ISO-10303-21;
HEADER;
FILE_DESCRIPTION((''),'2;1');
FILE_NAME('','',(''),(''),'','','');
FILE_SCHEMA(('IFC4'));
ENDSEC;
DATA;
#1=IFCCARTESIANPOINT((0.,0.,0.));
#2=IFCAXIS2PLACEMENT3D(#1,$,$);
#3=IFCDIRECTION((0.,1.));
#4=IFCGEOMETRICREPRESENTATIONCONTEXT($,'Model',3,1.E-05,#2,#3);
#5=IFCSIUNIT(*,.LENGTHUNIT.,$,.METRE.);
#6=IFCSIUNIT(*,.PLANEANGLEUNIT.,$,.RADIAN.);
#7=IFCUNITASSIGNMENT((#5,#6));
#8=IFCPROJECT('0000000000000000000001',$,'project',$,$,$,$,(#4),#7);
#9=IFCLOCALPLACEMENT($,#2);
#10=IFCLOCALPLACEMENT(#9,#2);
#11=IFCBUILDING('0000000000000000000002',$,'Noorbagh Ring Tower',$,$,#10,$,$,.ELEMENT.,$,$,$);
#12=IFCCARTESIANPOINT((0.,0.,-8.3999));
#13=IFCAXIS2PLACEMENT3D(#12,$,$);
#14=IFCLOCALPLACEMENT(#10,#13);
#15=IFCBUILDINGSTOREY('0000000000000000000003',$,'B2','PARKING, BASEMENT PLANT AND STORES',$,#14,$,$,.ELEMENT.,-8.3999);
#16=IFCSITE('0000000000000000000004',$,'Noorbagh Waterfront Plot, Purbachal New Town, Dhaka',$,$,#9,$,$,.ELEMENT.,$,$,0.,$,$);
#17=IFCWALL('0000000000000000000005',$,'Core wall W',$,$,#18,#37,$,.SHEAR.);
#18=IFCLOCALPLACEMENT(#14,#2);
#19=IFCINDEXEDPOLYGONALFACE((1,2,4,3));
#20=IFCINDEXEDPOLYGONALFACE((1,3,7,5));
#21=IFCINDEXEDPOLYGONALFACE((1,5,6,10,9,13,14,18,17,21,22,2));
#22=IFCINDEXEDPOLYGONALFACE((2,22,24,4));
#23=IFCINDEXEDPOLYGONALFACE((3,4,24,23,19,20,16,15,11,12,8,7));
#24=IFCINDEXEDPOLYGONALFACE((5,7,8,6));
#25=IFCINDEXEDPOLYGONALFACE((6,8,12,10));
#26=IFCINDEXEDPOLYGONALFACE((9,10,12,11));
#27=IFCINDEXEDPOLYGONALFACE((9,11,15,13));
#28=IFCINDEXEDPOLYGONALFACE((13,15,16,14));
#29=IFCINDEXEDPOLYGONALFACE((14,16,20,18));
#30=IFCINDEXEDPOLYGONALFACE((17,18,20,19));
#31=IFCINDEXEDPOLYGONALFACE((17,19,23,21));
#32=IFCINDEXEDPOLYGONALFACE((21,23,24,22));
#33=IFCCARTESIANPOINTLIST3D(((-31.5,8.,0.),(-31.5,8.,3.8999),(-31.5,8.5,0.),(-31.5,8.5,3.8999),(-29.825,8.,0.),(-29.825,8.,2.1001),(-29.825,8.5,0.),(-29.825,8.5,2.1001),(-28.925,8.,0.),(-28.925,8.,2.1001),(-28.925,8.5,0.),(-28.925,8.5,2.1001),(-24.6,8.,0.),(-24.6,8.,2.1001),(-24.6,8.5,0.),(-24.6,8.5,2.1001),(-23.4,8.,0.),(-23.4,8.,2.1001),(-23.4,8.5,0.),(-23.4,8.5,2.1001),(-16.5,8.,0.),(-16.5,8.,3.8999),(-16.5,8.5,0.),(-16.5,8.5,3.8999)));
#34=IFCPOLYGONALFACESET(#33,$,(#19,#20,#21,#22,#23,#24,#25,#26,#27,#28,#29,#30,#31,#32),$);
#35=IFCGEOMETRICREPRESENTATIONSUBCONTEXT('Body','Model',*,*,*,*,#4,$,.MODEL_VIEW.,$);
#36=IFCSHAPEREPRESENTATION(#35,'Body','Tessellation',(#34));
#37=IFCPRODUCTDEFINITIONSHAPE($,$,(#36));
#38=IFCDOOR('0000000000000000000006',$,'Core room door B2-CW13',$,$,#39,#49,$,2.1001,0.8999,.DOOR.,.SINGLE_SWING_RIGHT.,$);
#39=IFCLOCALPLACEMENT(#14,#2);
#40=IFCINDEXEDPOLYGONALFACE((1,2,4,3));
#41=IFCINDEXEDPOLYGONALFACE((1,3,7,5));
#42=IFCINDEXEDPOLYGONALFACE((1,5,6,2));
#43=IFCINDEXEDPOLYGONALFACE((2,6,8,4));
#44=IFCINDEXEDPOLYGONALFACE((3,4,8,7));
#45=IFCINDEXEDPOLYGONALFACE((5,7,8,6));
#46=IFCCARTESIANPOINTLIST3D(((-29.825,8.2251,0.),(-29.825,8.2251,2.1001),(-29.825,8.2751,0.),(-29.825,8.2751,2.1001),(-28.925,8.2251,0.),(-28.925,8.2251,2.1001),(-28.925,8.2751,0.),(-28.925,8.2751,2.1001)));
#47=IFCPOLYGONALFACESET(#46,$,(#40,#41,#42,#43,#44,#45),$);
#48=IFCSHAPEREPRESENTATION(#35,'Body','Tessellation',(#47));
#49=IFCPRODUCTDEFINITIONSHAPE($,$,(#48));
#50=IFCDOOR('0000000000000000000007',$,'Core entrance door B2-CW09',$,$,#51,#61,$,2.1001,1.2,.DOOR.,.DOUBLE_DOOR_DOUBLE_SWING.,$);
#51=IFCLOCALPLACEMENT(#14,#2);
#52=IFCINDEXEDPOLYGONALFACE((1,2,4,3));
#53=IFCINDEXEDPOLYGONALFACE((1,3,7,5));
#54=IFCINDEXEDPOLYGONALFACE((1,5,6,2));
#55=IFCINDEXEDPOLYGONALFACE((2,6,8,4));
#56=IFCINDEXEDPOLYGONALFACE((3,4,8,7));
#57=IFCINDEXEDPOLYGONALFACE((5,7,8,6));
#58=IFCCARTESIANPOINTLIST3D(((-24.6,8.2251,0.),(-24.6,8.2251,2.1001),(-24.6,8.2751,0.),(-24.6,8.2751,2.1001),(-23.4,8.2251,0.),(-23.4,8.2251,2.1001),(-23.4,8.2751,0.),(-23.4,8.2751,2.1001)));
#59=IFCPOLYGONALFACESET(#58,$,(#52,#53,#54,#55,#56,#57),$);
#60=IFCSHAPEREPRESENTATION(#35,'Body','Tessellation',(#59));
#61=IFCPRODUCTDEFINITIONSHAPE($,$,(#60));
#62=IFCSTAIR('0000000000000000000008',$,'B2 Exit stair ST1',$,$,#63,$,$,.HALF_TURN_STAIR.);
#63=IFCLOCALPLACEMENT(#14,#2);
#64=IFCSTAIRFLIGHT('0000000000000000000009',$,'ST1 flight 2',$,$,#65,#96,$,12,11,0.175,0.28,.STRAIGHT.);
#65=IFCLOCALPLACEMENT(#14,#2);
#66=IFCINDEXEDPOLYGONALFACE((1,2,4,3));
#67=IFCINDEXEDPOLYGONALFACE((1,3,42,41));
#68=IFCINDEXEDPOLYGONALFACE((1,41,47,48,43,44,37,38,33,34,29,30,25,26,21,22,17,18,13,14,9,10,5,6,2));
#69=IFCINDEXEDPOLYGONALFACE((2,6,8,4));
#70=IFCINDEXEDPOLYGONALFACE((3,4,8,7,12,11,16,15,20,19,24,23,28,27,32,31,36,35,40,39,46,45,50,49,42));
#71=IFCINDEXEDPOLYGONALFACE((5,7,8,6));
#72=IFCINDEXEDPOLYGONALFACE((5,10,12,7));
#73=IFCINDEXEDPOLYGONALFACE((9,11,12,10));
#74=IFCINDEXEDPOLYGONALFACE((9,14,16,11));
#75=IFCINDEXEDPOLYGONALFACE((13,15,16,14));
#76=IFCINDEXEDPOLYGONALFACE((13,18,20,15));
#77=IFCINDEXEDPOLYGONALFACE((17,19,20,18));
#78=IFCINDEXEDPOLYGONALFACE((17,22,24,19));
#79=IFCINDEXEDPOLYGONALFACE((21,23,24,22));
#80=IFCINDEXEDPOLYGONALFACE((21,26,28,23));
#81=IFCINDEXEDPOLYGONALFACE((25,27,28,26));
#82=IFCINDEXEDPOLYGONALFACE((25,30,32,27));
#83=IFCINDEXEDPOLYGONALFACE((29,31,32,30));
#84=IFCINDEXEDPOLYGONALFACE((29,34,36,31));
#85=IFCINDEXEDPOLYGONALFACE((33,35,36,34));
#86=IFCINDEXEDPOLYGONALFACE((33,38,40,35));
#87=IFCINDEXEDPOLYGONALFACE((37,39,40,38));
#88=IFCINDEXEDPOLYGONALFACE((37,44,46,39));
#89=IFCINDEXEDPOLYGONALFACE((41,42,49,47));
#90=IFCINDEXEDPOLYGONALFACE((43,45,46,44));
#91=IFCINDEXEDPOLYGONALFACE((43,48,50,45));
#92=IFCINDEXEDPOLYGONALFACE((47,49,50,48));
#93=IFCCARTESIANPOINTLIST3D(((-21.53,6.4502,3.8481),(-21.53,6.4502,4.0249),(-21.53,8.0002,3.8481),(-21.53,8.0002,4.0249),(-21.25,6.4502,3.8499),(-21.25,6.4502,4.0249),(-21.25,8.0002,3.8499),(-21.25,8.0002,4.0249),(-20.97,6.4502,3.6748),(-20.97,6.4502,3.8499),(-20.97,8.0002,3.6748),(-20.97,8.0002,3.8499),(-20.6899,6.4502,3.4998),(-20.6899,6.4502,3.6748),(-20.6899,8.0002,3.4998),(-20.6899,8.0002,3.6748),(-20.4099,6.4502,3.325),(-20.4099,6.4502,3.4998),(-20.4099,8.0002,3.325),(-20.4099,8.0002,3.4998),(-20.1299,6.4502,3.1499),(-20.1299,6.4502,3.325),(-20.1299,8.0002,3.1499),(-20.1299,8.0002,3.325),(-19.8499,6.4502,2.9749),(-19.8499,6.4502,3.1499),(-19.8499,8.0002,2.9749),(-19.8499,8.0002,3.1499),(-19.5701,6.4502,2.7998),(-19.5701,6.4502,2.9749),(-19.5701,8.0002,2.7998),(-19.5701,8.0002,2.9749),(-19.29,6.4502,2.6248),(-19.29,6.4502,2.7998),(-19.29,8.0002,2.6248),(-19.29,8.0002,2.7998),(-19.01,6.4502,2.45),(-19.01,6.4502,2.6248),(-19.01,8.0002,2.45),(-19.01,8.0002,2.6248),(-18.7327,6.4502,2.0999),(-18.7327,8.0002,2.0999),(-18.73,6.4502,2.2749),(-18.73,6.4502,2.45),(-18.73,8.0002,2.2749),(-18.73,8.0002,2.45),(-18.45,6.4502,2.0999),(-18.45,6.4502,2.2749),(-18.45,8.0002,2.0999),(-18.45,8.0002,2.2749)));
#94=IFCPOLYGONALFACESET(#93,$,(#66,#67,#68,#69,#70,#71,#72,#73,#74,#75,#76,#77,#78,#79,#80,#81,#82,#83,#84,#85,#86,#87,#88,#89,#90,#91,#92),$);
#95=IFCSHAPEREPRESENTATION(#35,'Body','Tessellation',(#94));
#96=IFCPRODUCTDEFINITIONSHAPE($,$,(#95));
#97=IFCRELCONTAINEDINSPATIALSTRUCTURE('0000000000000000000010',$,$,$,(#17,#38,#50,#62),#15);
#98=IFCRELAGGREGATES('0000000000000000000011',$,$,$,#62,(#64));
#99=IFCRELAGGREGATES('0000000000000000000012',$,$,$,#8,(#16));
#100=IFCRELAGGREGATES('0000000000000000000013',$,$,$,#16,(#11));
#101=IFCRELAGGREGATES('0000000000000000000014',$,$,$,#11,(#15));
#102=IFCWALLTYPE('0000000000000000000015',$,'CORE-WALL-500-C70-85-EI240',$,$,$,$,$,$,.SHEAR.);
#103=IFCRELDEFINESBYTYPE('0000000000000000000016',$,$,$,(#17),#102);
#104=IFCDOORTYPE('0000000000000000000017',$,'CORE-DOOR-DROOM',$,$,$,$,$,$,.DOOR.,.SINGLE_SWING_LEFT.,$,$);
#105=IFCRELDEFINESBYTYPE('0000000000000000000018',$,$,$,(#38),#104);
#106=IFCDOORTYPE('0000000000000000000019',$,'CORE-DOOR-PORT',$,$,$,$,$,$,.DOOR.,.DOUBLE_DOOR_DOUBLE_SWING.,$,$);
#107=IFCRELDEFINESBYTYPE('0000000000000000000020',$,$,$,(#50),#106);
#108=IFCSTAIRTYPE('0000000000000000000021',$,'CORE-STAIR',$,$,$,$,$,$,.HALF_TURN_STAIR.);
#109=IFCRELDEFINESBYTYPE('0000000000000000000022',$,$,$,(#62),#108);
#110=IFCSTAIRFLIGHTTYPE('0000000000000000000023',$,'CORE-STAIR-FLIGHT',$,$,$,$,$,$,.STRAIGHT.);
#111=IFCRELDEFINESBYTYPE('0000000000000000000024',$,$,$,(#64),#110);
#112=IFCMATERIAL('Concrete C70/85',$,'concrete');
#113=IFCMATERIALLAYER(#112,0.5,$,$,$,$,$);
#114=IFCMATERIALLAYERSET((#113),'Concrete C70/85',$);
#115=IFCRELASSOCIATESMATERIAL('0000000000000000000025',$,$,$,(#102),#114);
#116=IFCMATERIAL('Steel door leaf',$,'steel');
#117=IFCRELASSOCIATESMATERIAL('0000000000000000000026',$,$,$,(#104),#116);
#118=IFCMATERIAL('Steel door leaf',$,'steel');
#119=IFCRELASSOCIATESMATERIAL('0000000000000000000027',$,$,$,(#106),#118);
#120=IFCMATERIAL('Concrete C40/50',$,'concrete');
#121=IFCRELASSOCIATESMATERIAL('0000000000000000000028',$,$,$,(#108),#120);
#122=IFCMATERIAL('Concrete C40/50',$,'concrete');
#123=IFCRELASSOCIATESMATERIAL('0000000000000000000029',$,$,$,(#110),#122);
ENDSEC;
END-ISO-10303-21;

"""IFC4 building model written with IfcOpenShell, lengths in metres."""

from ifc_helpers import new_model, si_unit, direction, frame, frame_2d, origin, place, context, subcontext, project, spatial, polyline, rectangle, outline, extrude, material, layer, layer_set, type_object, element, fill, aggregate, save


model = new_model("IFC4")

# Units and contexts
model_context = context("Model", 3, precision=1e-05, world=origin(), true_north=direction((0.0, 1.0)))
body_context = subcontext(model_context, "Body", "Model", "MODEL_VIEW")
ifc_project = project(units=[si_unit("LENGTHUNIT", "METRE"), si_unit("PLANEANGLEUNIT", "RADIAN")], contexts=[model_context])

# Site, building, storey
site_placement = place(None, origin())
site = spatial("IfcSite", under=ifc_project, at=site_placement, Name="Noorbagh Waterfront Plot, Purbachal New Town, Dhaka", CompositionType="ELEMENT", RefElevation=0.0)
building_placement = place(site_placement, origin())
building = spatial("IfcBuilding", under=site, at=building_placement, Name="Noorbagh Ring Tower", CompositionType="ELEMENT")
storey_placement = place(building_placement, frame((0.0, 0.0, -8.3999)))
storey = spatial("IfcBuildingStorey", under=building, at=storey_placement, Name="B2", Description="PARKING, BASEMENT PLANT AND STORES", CompositionType="ELEMENT", Elevation=-8.3999)

# Wall, openings, doors
ifc_material_1 = material(Name="Concrete C70/85", Category="concrete")
ifc_layer_1 = layer(ifc_material_1, 0.5)
ifc_layer_set_1 = layer_set([ifc_layer_1], Name="Concrete C70/85")
wall_type_1 = type_object("IfcWallType", Name="CORE-WALL-500-C70-85-EI240", PredefinedType="SHEAR", material=ifc_layer_set_1)
wall_1_placement = place(storey_placement, frame((-16.5, 8.25, 0.0), z_axis=(0.0, 0.0, 1.0), x_axis=(-1.0, 0.0, 0.0)))
wall_1 = element("IfcWall", 1, at=wall_1_placement, inside=storey, type_object=wall_type_1, Name="Core wall W", PredefinedType="SHEAR", context=body_context, shape_type="SweptSolid", body=[
    extrude(rectangle(XDim=15.0, YDim=0.5, at=frame_2d((7.5, 0.0))), origin(), (0.0, 0.0, 1.0), 3.8999),
])
opening_1_placement = place(wall_1_placement, frame((6.8999, 0.0, 0.0)))
opening_1 = element("IfcOpeningElement", 2, at=opening_1_placement, cuts=wall_1, PredefinedType="OPENING", context=body_context, shape_type="SweptSolid", body=[
    extrude(rectangle(XDim=1.2, YDim=2.1001, at=frame_2d((0.6001, 1.05))), frame((0.0, 0.26, 0.0), z_axis=(0.0, -1.0, 0.0), x_axis=(1.0, 0.0, 0.0)), (0.0, 0.0, 1.0), 0.52),
])
opening_2_placement = place(wall_1_placement, frame((12.425, 0.0, 0.0)))
opening_2 = element("IfcOpeningElement", 3, at=opening_2_placement, cuts=wall_1, PredefinedType="OPENING", context=body_context, shape_type="SweptSolid", body=[
    extrude(rectangle(XDim=0.8999, YDim=2.1001, at=frame_2d((0.45, 1.05))), frame((0.0, 0.26, 0.0), z_axis=(0.0, -1.0, 0.0), x_axis=(1.0, 0.0, 0.0)), (0.0, 0.0, 1.0), 0.52),
])
ifc_material_2 = material(Name="Steel door leaf", Category="steel")
door_type_1 = type_object("IfcDoorType", Name="CORE-DOOR-DROOM", OperationType="SINGLE_SWING_LEFT", PredefinedType="DOOR", material=ifc_material_2)
door_1_placement = place(opening_2_placement, origin())
door_1 = element("IfcDoor", 4, at=door_1_placement, inside=storey, type_object=door_type_1, Name="Core room door B2-CW13", OperationType="SINGLE_SWING_RIGHT", OverallHeight=2.1001, OverallWidth=0.8999, PredefinedType="DOOR", context=body_context, shape_type="SweptSolid", body=[
    extrude(rectangle(XDim=0.8999, YDim=2.1001, at=frame_2d((0.45, 1.05))), frame((0.0, 0.0249, 0.0), z_axis=(0.0, -1.0, 0.0), x_axis=(1.0, 0.0, 0.0)), (0.0, 0.0, 1.0), 0.05),
])
fill(opening_2, door_1)
ifc_material_3 = material(Name="Steel door leaf", Category="steel")
door_type_2 = type_object("IfcDoorType", Name="CORE-DOOR-PORT", OperationType="DOUBLE_DOOR_DOUBLE_SWING", PredefinedType="DOOR", material=ifc_material_3)
door_2_placement = place(opening_1_placement, origin())
door_2 = element("IfcDoor", 5, at=door_2_placement, inside=storey, type_object=door_type_2, Name="Core entrance door B2-CW09", OperationType="DOUBLE_DOOR_DOUBLE_SWING", OverallHeight=2.1001, OverallWidth=1.2, PredefinedType="DOOR", context=body_context, shape_type="SweptSolid", body=[
    extrude(rectangle(XDim=1.2, YDim=2.1001, at=frame_2d((0.6001, 1.05))), frame((0.0, 0.0249, 0.0), z_axis=(0.0, -1.0, 0.0), x_axis=(1.0, 0.0, 0.0)), (0.0, 0.0, 1.0), 0.05),
])
fill(opening_1, door_2)

# Stair, stair flight
ifc_material_4 = material(Name="Concrete C40/50", Category="concrete")
stair_type = type_object("IfcStairType", Name="CORE-STAIR", PredefinedType="HALF_TURN_STAIR", material=ifc_material_4)
stair_placement = place(storey_placement, origin())
stair = element("IfcStair", 6, at=stair_placement, inside=storey, type_object=stair_type, Name="B2 Exit stair ST1", PredefinedType="HALF_TURN_STAIR")
ifc_material_5 = material(Name="Concrete C40/50", Category="concrete")
stair_flight_type = type_object("IfcStairFlightType", Name="CORE-STAIR-FLIGHT", PredefinedType="STRAIGHT", material=ifc_material_5)
stair_flight_placement = place(storey_placement, frame((-18.45, 7.2251, 2.0999), z_axis=(0.0, 0.0, 1.0), x_axis=(-1.0, 0.0, 0.0)))
stair_flight = element("IfcStairFlight", 7, at=stair_flight_placement, type_object=stair_flight_type, Name="ST1 flight 2", NumberOfRisers=12, NumberOfTreads=11, PredefinedType="STRAIGHT", RiserHeight=0.175, TreadLength=0.28, context=body_context, shape_type="SweptSolid", body=[
    extrude(outline(polyline([(0.0, 0.0), (0.0, 0.175), (0.28, 0.175), (0.28, 0.3501), (0.5601, 0.3501), (0.5601, 0.5249), (0.8401, 0.5249), (0.8401, 0.7), (1.1201, 0.7), (1.1201, 0.875), (1.3999, 0.875), (1.3999, 1.05), (1.6799, 1.05), (1.6799, 1.2251), (1.96, 1.2251), (1.96, 1.3999), (2.24, 1.3999), (2.24, 1.575), (2.52, 1.575), (2.52, 1.75), (2.8, 1.75), (2.8, 1.925), (3.0801, 1.925), (3.0801, 2.1001), (3.0801, 1.7483), (0.2827, 0.0), (0.0, 0.0)])), frame((0.0, 0.7749, 0.0), z_axis=(0.0, -1.0, 0.0), x_axis=(1.0, 0.0, 0.0)), (0.0, 0.0, 1.0), 1.55),
])
aggregate(stair, [stair_flight])

save(model, "model.ifc")
